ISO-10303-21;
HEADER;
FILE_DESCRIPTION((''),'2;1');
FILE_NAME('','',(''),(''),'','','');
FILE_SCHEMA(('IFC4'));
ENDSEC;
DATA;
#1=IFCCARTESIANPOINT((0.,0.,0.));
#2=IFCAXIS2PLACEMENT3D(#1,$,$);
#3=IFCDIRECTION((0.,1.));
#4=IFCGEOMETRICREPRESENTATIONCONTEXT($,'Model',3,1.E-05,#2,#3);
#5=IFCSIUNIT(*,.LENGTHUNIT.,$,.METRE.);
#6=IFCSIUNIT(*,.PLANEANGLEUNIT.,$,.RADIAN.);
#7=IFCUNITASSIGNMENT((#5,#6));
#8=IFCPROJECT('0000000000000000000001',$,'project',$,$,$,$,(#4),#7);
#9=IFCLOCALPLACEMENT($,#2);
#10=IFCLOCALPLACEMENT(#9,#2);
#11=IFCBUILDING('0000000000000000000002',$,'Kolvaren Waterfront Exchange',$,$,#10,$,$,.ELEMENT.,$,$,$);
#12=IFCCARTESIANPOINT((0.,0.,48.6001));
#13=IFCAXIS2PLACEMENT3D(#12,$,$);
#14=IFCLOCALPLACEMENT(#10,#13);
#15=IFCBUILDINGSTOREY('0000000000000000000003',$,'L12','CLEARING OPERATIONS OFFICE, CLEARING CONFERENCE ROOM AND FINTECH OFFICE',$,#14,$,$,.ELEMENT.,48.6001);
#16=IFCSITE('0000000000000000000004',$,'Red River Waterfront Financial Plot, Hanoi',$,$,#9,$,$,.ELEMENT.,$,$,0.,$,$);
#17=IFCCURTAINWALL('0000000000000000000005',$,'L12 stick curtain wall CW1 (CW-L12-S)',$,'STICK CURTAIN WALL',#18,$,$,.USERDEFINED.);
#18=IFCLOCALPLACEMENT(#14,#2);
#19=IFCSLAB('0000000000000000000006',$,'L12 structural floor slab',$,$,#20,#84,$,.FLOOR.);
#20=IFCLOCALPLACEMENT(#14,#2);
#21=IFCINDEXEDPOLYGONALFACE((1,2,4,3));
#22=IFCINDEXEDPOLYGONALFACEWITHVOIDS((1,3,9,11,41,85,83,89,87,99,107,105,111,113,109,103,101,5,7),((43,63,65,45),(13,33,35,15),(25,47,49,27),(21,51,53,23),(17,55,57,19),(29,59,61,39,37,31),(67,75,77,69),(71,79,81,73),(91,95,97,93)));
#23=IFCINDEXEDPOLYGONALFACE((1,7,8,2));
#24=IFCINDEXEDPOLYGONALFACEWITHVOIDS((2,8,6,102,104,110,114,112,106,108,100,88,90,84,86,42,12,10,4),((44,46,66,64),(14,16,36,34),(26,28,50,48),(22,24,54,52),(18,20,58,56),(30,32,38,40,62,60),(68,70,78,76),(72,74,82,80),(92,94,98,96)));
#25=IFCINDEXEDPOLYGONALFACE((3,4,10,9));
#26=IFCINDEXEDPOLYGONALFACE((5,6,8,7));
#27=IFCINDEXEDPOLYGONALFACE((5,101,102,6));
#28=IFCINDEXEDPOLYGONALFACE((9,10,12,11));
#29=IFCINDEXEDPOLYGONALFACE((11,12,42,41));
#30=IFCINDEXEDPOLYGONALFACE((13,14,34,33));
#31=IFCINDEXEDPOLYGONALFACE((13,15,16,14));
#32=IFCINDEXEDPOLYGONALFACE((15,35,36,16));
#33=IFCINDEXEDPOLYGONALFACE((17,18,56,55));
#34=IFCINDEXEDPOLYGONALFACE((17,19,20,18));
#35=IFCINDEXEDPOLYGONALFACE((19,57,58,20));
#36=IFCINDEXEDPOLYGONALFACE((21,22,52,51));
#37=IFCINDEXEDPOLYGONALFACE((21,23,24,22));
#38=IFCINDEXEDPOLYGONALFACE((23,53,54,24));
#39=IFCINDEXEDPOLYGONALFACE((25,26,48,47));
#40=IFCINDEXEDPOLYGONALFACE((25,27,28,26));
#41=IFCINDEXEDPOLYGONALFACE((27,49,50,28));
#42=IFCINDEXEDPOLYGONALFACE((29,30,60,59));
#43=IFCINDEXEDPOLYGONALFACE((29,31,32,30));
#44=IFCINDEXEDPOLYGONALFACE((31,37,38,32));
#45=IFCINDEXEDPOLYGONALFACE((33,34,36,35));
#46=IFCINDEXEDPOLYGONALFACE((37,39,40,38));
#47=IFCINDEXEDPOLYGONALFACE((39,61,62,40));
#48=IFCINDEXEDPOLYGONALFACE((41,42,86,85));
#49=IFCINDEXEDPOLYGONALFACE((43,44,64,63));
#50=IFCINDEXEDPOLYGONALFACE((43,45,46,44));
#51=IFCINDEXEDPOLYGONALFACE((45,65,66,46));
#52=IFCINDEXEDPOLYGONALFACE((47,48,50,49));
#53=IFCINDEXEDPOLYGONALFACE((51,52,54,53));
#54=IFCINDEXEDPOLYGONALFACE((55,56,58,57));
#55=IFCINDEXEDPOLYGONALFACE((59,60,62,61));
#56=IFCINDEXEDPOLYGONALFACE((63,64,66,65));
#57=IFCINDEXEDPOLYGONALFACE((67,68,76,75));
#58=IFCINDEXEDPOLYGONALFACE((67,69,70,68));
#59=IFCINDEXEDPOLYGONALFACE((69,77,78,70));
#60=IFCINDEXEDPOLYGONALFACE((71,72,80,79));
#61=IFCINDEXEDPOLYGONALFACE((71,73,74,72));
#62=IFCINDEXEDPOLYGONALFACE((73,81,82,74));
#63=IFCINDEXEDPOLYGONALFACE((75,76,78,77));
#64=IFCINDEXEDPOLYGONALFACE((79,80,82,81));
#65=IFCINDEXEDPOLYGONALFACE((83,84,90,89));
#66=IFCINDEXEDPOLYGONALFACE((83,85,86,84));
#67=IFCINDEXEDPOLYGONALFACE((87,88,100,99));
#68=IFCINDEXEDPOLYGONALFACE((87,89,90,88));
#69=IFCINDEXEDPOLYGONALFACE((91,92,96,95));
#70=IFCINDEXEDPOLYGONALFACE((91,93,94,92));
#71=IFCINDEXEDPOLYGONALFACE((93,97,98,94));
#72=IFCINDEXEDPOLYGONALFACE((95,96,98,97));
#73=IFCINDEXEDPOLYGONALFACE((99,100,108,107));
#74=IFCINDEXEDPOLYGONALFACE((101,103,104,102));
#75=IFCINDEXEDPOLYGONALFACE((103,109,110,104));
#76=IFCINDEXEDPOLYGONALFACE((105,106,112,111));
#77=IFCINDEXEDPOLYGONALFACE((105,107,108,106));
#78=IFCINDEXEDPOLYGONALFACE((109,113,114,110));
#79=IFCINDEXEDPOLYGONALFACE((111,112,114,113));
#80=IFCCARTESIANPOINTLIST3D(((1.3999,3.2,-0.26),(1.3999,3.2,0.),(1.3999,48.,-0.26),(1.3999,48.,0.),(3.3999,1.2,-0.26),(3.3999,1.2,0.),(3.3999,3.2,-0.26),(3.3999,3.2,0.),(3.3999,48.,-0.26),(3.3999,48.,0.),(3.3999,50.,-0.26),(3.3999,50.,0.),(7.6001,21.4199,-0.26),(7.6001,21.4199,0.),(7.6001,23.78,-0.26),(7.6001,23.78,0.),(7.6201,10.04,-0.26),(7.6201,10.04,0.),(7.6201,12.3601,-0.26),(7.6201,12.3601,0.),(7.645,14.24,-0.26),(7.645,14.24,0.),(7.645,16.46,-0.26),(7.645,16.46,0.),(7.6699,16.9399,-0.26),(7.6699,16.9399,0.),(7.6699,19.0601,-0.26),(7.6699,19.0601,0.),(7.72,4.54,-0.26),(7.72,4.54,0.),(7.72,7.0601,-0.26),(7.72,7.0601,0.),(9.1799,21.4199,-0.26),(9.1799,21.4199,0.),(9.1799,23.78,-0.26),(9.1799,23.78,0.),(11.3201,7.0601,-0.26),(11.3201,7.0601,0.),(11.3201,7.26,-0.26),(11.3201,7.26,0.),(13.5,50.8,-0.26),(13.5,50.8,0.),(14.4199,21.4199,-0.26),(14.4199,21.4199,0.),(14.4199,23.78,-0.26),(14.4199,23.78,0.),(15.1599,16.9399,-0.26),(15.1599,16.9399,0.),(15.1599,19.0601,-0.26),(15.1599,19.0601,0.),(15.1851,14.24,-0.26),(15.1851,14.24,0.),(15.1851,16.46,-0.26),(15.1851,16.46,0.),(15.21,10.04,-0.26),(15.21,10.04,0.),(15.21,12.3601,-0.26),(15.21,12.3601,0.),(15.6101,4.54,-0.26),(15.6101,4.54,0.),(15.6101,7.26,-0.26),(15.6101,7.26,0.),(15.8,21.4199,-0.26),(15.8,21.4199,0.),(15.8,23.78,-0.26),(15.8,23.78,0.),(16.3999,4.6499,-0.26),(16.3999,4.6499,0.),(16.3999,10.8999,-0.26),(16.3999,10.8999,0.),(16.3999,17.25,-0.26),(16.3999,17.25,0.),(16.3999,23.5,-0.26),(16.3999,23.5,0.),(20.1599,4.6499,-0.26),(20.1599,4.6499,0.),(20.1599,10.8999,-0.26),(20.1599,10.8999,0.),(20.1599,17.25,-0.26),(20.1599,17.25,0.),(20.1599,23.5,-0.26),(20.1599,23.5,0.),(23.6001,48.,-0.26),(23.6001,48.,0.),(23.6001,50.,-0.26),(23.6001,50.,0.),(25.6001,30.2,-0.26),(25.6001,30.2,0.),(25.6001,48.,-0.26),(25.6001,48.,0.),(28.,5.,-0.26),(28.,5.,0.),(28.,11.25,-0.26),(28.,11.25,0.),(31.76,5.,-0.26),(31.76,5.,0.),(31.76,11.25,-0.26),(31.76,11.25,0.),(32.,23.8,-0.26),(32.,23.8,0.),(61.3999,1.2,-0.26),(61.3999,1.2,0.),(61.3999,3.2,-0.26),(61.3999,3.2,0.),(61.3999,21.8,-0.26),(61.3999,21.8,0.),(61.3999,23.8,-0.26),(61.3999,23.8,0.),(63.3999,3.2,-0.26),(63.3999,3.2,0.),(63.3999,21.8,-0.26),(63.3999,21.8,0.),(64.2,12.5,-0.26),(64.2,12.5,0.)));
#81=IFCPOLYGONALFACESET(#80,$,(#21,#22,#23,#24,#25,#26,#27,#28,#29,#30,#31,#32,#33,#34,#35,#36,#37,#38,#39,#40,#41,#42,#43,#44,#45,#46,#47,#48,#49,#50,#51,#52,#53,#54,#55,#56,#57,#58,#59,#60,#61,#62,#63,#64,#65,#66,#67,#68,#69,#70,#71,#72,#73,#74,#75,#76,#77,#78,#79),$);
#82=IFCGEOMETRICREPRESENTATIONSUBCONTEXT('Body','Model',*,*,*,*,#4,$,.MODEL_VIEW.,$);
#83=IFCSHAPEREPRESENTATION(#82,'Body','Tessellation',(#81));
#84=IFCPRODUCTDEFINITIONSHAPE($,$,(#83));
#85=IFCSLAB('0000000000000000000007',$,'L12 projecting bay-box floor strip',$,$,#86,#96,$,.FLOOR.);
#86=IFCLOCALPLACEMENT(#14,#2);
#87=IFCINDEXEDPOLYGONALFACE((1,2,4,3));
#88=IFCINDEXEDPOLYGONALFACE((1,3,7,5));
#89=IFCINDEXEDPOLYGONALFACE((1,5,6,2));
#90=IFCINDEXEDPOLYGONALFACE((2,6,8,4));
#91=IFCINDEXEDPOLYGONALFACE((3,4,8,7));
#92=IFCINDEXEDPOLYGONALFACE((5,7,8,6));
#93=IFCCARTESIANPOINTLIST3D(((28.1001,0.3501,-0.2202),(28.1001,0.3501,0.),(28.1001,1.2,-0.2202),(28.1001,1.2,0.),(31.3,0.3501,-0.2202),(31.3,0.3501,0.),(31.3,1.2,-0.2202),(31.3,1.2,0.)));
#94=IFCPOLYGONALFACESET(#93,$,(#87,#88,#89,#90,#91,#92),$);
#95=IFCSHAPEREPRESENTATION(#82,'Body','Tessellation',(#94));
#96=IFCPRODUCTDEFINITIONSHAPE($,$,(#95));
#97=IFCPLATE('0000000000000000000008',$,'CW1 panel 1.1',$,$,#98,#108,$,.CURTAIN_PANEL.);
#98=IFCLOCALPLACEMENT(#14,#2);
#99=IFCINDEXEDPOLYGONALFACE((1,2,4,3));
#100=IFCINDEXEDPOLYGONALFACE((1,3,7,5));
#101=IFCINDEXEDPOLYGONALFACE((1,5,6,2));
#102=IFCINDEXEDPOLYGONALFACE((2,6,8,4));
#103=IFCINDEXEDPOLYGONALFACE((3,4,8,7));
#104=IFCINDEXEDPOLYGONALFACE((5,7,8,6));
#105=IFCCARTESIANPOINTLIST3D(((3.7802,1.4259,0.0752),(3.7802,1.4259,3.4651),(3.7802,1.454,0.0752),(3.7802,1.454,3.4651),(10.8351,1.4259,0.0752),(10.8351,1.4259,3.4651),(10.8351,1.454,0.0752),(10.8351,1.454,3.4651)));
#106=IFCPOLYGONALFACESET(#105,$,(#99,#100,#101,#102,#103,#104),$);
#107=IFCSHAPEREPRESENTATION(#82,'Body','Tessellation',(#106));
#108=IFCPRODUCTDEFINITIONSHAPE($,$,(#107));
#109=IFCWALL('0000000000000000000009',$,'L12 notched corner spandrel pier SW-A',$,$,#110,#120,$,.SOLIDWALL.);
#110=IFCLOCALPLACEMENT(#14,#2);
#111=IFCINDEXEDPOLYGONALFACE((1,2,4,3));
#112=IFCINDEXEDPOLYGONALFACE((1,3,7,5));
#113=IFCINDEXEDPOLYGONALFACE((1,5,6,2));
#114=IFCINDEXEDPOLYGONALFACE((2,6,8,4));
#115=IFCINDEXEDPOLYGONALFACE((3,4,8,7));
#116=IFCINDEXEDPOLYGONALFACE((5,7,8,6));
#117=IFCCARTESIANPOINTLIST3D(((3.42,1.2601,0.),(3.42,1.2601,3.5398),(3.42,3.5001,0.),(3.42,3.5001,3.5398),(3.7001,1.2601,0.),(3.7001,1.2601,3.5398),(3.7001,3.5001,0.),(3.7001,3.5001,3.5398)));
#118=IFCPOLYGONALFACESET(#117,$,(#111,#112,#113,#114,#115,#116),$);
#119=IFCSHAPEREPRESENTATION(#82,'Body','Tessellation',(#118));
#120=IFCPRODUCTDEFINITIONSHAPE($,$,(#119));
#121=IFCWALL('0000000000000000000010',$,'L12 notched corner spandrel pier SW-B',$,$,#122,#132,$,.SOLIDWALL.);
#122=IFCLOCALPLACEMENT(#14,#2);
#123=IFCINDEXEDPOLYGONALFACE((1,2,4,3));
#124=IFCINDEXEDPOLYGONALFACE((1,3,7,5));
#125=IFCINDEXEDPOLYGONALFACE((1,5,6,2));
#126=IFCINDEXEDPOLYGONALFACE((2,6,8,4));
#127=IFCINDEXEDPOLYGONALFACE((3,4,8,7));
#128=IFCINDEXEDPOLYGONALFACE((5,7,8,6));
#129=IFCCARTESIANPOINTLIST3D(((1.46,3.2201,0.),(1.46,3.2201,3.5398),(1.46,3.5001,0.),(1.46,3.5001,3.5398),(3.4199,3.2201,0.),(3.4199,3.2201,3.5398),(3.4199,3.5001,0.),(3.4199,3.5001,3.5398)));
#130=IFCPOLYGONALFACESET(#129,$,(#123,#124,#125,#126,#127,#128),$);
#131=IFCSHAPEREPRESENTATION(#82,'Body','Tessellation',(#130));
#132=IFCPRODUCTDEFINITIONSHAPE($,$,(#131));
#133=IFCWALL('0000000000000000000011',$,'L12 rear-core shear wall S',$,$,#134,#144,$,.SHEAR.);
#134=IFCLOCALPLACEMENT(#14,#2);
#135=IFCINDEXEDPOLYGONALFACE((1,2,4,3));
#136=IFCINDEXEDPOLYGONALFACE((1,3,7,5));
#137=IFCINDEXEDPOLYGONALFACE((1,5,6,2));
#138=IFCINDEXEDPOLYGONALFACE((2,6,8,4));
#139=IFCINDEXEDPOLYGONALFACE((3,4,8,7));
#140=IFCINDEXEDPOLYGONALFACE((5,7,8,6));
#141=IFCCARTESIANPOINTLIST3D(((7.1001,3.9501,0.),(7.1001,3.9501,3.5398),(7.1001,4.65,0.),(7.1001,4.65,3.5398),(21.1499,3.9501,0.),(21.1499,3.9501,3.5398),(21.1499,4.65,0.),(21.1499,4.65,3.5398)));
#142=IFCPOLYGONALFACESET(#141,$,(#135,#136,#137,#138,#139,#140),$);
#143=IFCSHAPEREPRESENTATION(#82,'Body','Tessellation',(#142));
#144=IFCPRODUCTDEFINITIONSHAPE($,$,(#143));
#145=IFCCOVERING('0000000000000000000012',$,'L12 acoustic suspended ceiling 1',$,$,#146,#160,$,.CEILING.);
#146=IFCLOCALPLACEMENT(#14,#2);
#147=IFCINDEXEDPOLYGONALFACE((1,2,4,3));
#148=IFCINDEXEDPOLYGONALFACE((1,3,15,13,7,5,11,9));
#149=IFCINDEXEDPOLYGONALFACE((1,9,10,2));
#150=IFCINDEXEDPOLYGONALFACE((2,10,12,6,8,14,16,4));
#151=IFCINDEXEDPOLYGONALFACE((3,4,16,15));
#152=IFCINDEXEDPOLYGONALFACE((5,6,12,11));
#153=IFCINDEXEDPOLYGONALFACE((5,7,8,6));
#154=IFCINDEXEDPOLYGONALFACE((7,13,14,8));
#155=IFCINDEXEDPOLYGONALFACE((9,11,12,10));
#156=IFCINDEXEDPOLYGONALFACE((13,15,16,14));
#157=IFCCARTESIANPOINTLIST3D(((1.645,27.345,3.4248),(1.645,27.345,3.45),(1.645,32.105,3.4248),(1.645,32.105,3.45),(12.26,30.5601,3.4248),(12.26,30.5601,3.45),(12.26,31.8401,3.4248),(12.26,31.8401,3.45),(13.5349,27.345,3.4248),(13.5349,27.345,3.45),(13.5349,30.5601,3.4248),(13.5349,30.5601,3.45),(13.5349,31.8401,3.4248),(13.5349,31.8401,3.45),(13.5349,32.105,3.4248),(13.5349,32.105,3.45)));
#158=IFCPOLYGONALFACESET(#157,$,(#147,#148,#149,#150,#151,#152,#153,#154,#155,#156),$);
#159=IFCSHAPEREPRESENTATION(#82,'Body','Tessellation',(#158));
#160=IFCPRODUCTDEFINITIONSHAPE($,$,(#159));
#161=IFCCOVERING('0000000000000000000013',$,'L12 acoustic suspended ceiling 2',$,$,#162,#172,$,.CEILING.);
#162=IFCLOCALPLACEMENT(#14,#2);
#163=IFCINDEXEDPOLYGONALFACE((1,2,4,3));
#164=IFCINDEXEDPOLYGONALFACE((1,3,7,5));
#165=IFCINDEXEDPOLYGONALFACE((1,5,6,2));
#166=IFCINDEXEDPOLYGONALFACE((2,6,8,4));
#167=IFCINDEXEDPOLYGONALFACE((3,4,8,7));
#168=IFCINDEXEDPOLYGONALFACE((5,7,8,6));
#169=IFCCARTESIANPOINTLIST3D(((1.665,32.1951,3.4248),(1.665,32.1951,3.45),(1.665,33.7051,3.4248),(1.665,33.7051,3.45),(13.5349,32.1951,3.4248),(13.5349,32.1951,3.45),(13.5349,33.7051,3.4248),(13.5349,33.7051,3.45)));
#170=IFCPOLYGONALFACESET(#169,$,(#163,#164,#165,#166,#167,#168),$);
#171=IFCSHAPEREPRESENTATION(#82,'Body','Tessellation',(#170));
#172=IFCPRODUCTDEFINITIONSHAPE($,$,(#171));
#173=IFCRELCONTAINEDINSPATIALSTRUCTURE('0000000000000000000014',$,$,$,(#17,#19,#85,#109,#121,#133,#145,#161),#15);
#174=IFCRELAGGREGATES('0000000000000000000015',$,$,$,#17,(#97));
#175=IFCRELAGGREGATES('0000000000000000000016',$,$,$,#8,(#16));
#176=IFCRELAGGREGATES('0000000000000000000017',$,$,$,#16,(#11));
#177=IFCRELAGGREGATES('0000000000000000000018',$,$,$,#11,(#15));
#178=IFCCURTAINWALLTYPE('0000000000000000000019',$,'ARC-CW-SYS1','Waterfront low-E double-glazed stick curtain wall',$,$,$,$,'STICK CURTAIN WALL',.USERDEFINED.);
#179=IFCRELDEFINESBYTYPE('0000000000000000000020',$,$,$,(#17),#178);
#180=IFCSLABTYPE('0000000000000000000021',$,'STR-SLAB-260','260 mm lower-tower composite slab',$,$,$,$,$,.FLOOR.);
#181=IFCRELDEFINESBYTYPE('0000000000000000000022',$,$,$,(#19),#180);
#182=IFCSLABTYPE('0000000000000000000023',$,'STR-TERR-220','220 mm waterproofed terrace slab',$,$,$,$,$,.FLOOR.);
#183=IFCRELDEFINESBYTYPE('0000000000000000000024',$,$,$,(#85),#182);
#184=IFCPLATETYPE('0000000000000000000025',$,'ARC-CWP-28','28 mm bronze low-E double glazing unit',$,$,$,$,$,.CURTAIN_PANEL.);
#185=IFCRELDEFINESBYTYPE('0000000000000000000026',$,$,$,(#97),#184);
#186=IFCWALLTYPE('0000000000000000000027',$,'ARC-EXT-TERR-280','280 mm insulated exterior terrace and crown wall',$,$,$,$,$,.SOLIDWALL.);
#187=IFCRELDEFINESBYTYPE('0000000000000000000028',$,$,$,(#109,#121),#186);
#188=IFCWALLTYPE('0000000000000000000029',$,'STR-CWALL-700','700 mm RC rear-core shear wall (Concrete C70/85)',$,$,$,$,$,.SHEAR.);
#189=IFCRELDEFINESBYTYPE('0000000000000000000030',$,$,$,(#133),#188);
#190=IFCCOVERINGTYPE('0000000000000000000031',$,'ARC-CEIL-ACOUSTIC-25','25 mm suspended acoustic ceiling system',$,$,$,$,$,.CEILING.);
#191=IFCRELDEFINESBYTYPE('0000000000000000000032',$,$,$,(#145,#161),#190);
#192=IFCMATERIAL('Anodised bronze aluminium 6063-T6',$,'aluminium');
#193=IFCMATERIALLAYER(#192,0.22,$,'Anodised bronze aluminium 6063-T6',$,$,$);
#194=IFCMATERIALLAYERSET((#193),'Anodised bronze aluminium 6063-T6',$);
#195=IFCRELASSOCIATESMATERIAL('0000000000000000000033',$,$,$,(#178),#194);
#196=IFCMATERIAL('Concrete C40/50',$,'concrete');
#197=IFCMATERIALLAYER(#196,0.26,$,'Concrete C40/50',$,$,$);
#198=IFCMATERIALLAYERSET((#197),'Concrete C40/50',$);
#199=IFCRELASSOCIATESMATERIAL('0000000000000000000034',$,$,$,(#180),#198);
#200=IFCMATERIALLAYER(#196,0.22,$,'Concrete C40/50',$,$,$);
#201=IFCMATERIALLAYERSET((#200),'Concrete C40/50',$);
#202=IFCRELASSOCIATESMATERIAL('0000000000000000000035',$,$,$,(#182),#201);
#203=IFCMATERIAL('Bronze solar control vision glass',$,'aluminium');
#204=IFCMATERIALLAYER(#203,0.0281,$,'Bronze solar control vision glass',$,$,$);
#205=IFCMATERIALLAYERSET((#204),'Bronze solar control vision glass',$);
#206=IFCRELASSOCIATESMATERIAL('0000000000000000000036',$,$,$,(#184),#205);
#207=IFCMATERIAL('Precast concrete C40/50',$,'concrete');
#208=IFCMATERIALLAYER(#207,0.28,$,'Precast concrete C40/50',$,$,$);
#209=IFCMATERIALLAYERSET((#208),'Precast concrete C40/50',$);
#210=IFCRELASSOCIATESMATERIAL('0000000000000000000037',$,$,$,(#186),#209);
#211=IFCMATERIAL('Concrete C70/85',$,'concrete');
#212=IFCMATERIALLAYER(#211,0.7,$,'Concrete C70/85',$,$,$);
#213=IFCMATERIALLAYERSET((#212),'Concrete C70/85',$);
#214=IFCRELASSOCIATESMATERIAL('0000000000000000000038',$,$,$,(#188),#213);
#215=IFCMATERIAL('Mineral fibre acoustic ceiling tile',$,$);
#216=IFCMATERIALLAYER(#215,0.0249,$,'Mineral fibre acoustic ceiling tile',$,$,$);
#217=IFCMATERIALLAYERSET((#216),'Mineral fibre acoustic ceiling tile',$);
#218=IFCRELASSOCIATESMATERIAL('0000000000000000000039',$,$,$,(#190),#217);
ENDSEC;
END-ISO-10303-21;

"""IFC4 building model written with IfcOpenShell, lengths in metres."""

from ifc_helpers import new_model, si_unit, direction, frame, frame_2d, origin, origin_with_axes, origin_2d, place, context, subcontext, project, spatial, polyline, rectangle, outline, extrude, source, transform, mapped, material, layer, layer_set, type_object, element, aggregate, save


model = new_model("IFC4")

# Units and contexts
model_context = context("Model", 3, precision=1e-05, world=origin(), true_north=direction((0.0, 1.0)))
body_context = subcontext(model_context, "Body", "Model", "MODEL_VIEW")
ifc_project = project(units=[si_unit("LENGTHUNIT", "METRE"), si_unit("PLANEANGLEUNIT", "RADIAN")], contexts=[model_context])

# Site, building, storey
site_placement = place(None, origin())
site = spatial("IfcSite", under=ifc_project, at=site_placement, Name="Red River Waterfront Financial Plot, Hanoi", CompositionType="ELEMENT", RefElevation=0.0)
building_placement = place(site_placement, origin())
building = spatial("IfcBuilding", under=site, at=building_placement, Name="Kolvaren Waterfront Exchange", CompositionType="ELEMENT")
storey_placement = place(building_placement, frame((0.0, 0.0, 48.6001)))
storey = spatial("IfcBuildingStorey", under=building, at=storey_placement, Name="L12", Description="CLEARING OPERATIONS OFFICE, CLEARING CONFERENCE ROOM AND FINTECH OFFICE", CompositionType="ELEMENT", Elevation=48.6001)

# Curtain wall
ifc_material_1 = material(Name="Anodised bronze aluminium 6063-T6", Category="aluminium")
ifc_layer_1 = layer(ifc_material_1, 0.22, Name="Anodised bronze aluminium 6063-T6")
ifc_layer_set_1 = layer_set([ifc_layer_1], Name="Anodised bronze aluminium 6063-T6")
curtain_wall_type_1 = type_object("IfcCurtainWallType", Name="ARC-CW-SYS1", Description="Waterfront low-E double-glazed stick curtain wall", ElementType="STICK CURTAIN WALL", PredefinedType="USERDEFINED", material=ifc_layer_set_1)
curtain_wall_1_placement = place(storey_placement, origin())
curtain_wall_1 = element("IfcCurtainWall", 1, at=curtain_wall_1_placement, inside=storey, type_object=curtain_wall_type_1, Name="L12 stick curtain wall CW1 (CW-L12-S)", ObjectType="STICK CURTAIN WALL", PredefinedType="USERDEFINED")

# Shared definitions
ifc_material_2 = material(Name="Concrete C40/50", Category="concrete")

# Slabs
ifc_layer_2 = layer(ifc_material_2, 0.26, Name="Concrete C40/50")
ifc_layer_set_2 = layer_set([ifc_layer_2], Name="Concrete C40/50")
slab_type_1 = type_object("IfcSlabType", Name="STR-SLAB-260", Description="260 mm lower-tower composite slab", PredefinedType="FLOOR", material=ifc_layer_set_2)
slab_1_placement = place(storey_placement, frame((0.0, 0.0, -0.26)))
element("IfcSlab", 2, at=slab_1_placement, inside=storey, type_object=slab_type_1, Name="L12 structural floor slab", PredefinedType="FLOOR", context=body_context, shape_type="SweptSolid", body=[
    extrude(outline(polyline([(3.3999, 1.2), (61.3999, 1.2), (61.3999, 3.2), (63.3999, 3.2), (64.2, 12.5), (63.3999, 21.8), (61.3999, 21.8), (61.3999, 23.8), (32.0, 23.8), (25.6001, 30.2), (25.6001, 48.0), (23.6001, 48.0), (23.6001, 50.0), (13.5, 50.8), (3.3999, 50.0), (3.3999, 48.0), (1.3999, 48.0), (1.3999, 3.2), (3.3999, 3.2), (3.3999, 1.2)]), holes=[polyline([(11.3201, 7.26), (15.6101, 7.26), (15.6101, 4.54), (7.72, 4.54), (7.72, 7.0601), (11.3201, 7.0601), (11.3201, 7.26)]), polyline([(20.1599, 4.6499), (16.3999, 4.6499), (16.3999, 10.8999), (20.1599, 10.8999), (20.1599, 4.6499)]), polyline([(31.76, 5.0), (28.0, 5.0), (28.0, 11.25), (31.76, 11.25), (31.76, 5.0)]), polyline([(15.21, 10.04), (7.6201, 10.04), (7.6201, 12.3601), (15.21, 12.3601), (15.21, 10.04)]), polyline([(7.645, 16.46), (15.1851, 16.46), (15.1851, 14.24), (7.645, 14.24), (7.645, 16.46)]), polyline([(15.1599, 16.9399), (7.6699, 16.9399), (7.6699, 19.0601), (15.1599, 19.0601), (15.1599, 16.9399)]), polyline([(16.3999, 23.5), (20.1599, 23.5), (20.1599, 17.25), (16.3999, 17.25), (16.3999, 23.5)]), polyline([(7.6001, 23.78), (9.1799, 23.78), (9.1799, 21.4199), (7.6001, 21.4199), (7.6001, 23.78)]), polyline([(15.8, 23.78), (15.8, 21.4199), (14.4199, 21.4199), (14.4199, 23.78), (15.8, 23.78)])]), origin(), (0.0, 0.0, 1.0), 0.26),
])
ifc_layer_3 = layer(ifc_material_2, 0.22, Name="Concrete C40/50")
ifc_layer_set_3 = layer_set([ifc_layer_3], Name="Concrete C40/50")
slab_type_2 = type_object("IfcSlabType", Name="STR-TERR-220", Description="220 mm waterproofed terrace slab", PredefinedType="FLOOR", material=ifc_layer_set_3)
slab_2_placement = place(storey_placement, frame((0.0, 0.0, -0.2202)))
element("IfcSlab", 3, at=slab_2_placement, inside=storey, type_object=slab_type_2, Name="L12 projecting bay-box floor strip", PredefinedType="FLOOR", context=body_context, shape_type="SweptSolid", body=[
    extrude(outline(polyline([(28.1001, 0.3501), (31.3, 0.3501), (31.3, 1.2), (28.1001, 1.2), (28.1001, 0.3501)])), origin(), (0.0, 0.0, 1.0), 0.2202),
])

# Plate
ifc_material_3 = material(Name="Bronze solar control vision glass", Category="aluminium")
ifc_layer_4 = layer(ifc_material_3, 0.0281, Name="Bronze solar control vision glass")
ifc_layer_set_4 = layer_set([ifc_layer_4], Name="Bronze solar control vision glass")
plate_type = type_object("IfcPlateType", Name="ARC-CWP-28", Description="28 mm bronze low-E double glazing unit", PredefinedType="CURTAIN_PANEL", material=ifc_layer_set_4)
shared_shape_1 = source(origin_with_axes(), body_context, "Body", "SweptSolid", [
    extrude(rectangle(XDim=7.0549, YDim=0.0281, at=origin_2d()), origin(), (0.0, 0.0, 1.0), 3.3899),
])
plate_placement = place(storey_placement, frame((7.3076, 1.4399, 0.0752), z_axis=(0.0, 0.0, 1.0), x_axis=(1.0, 0.0, 0.0)))
plate = element("IfcPlate", 4, at=plate_placement, type_object=plate_type, Name="CW1 panel 1.1", PredefinedType="CURTAIN_PANEL", context=body_context, shape_type="MappedRepresentation", body=[
    mapped(shared_shape_1, transform((0.0, 0.0, 0.0), x_axis=(1.0, 0.0, 0.0), y_axis=(0.0, 1.0, 0.0), z_axis=(0.0, 0.0, 1.0), scale=1.0)),
])
aggregate(curtain_wall_1, [plate])

# Walls
ifc_material_4 = material(Name="Precast concrete C40/50", Category="concrete")
ifc_layer_5 = layer(ifc_material_4, 0.28, Name="Precast concrete C40/50")
ifc_layer_set_5 = layer_set([ifc_layer_5], Name="Precast concrete C40/50")
wall_type_1 = type_object("IfcWallType", Name="ARC-EXT-TERR-280", Description="280 mm insulated exterior terrace and crown wall", PredefinedType="SOLIDWALL", material=ifc_layer_set_5)
wall_1_placement = place(storey_placement, frame((3.5601, 1.26, 0.0), z_axis=(0.0, 0.0, 1.0), x_axis=(0.0, 1.0, 0.0)))
element("IfcWall", 5, at=wall_1_placement, inside=storey, type_object=wall_type_1, Name="L12 notched corner spandrel pier SW-A", PredefinedType="SOLIDWALL", context=body_context, shape_type="SweptSolid", body=[
    extrude(rectangle(XDim=2.24, YDim=0.28, at=frame_2d((1.1201, 0.0))), origin(), (0.0, 0.0, 1.0), 3.5398),
])
wall_2_placement = place(storey_placement, frame((1.46, 3.3601, 0.0), z_axis=(0.0, 0.0, 1.0), x_axis=(1.0, 0.0, 0.0)))
element("IfcWall", 6, at=wall_2_placement, inside=storey, type_object=wall_type_1, Name="L12 notched corner spandrel pier SW-B", PredefinedType="SOLIDWALL", context=body_context, shape_type="SweptSolid", body=[
    extrude(rectangle(XDim=1.96, YDim=0.28, at=frame_2d((0.98, 0.0))), origin(), (0.0, 0.0, 1.0), 3.5398),
])
ifc_material_5 = material(Name="Concrete C70/85", Category="concrete")
ifc_layer_6 = layer(ifc_material_5, 0.7, Name="Concrete C70/85")
ifc_layer_set_6 = layer_set([ifc_layer_6], Name="Concrete C70/85")
wall_type_2 = type_object("IfcWallType", Name="STR-CWALL-700", Description="700 mm RC rear-core shear wall (Concrete C70/85)", PredefinedType="SHEAR", material=ifc_layer_set_6)
wall_3_placement = place(storey_placement, frame((7.1001, 4.3, 0.0), z_axis=(0.0, 0.0, 1.0), x_axis=(1.0, 0.0, 0.0)))
element("IfcWall", 7, at=wall_3_placement, inside=storey, type_object=wall_type_2, Name="L12 rear-core shear wall S", PredefinedType="SHEAR", context=body_context, shape_type="SweptSolid", body=[
    extrude(rectangle(XDim=14.0498, YDim=0.7, at=frame_2d((7.0249, 0.0))), origin(), (0.0, 0.0, 1.0), 3.5398),
])

# Coverings
ifc_material_6 = material(Name="Mineral fibre acoustic ceiling tile")
ifc_layer_7 = layer(ifc_material_6, 0.0249, Name="Mineral fibre acoustic ceiling tile")
ifc_layer_set_7 = layer_set([ifc_layer_7], Name="Mineral fibre acoustic ceiling tile")
covering_type_1 = type_object("IfcCoveringType", Name="ARC-CEIL-ACOUSTIC-25", Description="25 mm suspended acoustic ceiling system", PredefinedType="CEILING", material=ifc_layer_set_7)
covering_1_placement = place(storey_placement, frame((0.0, 0.0, 3.4248)))
element("IfcCovering", 8, at=covering_1_placement, inside=storey, type_object=covering_type_1, Name="L12 acoustic suspended ceiling 1", PredefinedType="CEILING", context=body_context, shape_type="SweptSolid", body=[
    extrude(outline(polyline([(13.5349, 30.5601), (12.26, 30.5601), (12.26, 31.8401), (13.5349, 31.8401), (13.5349, 32.105), (1.645, 32.105), (1.645, 27.345), (13.5349, 27.345), (13.5349, 30.5601)])), origin(), (0.0, 0.0, 1.0), 0.0251),
])
covering_2_placement = place(storey_placement, frame((0.0, 0.0, 3.4248)))
element("IfcCovering", 9, at=covering_2_placement, inside=storey, type_object=covering_type_1, Name="L12 acoustic suspended ceiling 2", PredefinedType="CEILING", context=body_context, shape_type="SweptSolid", body=[
    extrude(outline(polyline([(13.5349, 32.1951), (13.5349, 33.7051), (1.665, 33.7051), (1.665, 32.1951), (13.5349, 32.1951)])), origin(), (0.0, 0.0, 1.0), 0.0251),
])

save(model, "model.ifc")
